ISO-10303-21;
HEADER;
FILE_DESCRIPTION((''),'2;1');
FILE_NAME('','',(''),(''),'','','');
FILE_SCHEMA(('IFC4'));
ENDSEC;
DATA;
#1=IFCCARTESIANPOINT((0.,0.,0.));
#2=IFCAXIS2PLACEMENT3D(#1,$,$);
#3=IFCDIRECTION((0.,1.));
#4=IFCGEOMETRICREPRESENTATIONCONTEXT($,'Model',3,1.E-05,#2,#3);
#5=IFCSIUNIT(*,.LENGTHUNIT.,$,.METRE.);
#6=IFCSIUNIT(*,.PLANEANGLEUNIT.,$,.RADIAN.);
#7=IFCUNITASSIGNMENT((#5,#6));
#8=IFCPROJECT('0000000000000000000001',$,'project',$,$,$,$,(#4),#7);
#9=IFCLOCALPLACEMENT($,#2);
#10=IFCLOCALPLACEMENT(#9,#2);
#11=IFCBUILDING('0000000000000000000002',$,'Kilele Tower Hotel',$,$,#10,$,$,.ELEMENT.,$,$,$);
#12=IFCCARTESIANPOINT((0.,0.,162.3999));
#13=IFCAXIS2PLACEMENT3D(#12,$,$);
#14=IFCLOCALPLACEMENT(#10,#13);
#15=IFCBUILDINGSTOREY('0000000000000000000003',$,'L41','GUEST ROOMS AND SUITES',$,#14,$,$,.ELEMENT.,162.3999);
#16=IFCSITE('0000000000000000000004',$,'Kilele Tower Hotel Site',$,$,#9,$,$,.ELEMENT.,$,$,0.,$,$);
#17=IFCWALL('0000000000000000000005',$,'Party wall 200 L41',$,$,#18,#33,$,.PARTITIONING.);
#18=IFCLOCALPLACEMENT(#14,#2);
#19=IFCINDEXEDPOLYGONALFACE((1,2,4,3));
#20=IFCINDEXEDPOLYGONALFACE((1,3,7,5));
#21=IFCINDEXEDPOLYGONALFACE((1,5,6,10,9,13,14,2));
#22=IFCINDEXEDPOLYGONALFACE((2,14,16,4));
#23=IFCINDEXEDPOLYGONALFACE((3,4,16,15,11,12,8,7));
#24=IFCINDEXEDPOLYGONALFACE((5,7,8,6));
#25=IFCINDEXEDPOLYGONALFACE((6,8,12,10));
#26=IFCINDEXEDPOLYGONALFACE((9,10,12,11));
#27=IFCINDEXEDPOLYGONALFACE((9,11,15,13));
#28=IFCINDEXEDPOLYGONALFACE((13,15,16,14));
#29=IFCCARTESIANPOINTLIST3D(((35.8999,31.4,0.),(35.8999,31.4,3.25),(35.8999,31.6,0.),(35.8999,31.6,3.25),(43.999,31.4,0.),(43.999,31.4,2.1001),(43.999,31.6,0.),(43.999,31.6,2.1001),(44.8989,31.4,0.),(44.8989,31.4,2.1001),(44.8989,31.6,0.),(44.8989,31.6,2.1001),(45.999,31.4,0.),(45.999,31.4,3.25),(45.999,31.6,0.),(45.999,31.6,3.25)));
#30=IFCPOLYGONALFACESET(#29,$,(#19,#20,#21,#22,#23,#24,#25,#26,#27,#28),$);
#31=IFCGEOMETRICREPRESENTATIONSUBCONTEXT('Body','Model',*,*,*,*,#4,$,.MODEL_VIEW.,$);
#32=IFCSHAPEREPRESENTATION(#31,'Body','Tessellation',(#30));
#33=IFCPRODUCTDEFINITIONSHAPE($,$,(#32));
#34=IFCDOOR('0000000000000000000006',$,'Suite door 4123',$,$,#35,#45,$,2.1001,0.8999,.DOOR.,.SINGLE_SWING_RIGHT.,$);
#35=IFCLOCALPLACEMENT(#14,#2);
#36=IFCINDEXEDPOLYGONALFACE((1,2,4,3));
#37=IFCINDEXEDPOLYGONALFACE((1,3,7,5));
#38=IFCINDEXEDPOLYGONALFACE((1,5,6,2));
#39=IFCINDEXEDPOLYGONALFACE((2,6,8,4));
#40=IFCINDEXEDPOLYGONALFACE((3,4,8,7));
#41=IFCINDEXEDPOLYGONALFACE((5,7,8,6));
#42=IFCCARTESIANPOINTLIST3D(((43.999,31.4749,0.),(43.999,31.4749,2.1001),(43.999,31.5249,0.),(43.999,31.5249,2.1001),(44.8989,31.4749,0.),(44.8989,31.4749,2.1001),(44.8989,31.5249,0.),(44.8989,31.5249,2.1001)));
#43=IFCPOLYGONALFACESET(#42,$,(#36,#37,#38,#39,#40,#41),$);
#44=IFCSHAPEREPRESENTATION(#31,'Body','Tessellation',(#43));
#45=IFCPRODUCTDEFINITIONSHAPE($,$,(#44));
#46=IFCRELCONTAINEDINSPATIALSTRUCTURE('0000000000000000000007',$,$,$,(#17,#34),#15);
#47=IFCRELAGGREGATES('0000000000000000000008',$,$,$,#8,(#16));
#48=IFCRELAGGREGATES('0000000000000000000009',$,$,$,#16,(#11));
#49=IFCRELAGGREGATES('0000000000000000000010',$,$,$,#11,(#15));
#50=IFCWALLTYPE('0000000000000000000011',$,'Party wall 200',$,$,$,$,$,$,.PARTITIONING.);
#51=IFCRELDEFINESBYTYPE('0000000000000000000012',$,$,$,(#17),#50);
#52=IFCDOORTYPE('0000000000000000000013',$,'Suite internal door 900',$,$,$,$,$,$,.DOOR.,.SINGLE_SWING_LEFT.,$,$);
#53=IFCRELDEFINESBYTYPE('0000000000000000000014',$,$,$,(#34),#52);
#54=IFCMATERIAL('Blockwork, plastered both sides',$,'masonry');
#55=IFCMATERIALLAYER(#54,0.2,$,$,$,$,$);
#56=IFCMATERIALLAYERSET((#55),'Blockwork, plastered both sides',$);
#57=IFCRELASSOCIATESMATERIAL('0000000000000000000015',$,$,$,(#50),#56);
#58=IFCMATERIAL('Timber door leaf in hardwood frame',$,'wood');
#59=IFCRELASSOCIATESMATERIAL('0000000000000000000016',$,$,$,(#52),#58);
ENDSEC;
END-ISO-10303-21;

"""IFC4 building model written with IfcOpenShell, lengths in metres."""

from ifc_helpers import new_model, si_unit, direction, frame, frame_2d, origin, place, context, subcontext, project, spatial, rectangle, extrude, material, layer, layer_set, type_object, element, fill, save


model = new_model("IFC4")

# Units and contexts
model_context = context("Model", 3, precision=1e-05, world=origin(), true_north=direction((0.0, 1.0)))
body_context = subcontext(model_context, "Body", "Model", "MODEL_VIEW")
ifc_project = project(units=[si_unit("LENGTHUNIT", "METRE"), si_unit("PLANEANGLEUNIT", "RADIAN")], contexts=[model_context])

# Site, building, storey
site_placement = place(None, origin())
site = spatial("IfcSite", under=ifc_project, at=site_placement, Name="Kilele Tower Hotel Site", CompositionType="ELEMENT", RefElevation=0.0)
building_placement = place(site_placement, origin())
building = spatial("IfcBuilding", under=site, at=building_placement, Name="Kilele Tower Hotel", CompositionType="ELEMENT")
storey_placement = place(building_placement, frame((0.0, 0.0, 162.3999)))
storey = spatial("IfcBuildingStorey", under=building, at=storey_placement, Name="L41", Description="GUEST ROOMS AND SUITES", CompositionType="ELEMENT", Elevation=162.3999)

# Wall, opening, door
ifc_material_1 = material(Name="Blockwork, plastered both sides", Category="masonry")
ifc_layer_1 = layer(ifc_material_1, 0.2)
ifc_layer_set_1 = layer_set([ifc_layer_1], Name="Blockwork, plastered both sides")
wall_type_1 = type_object("IfcWallType", Name="Party wall 200", PredefinedType="PARTITIONING", material=ifc_layer_set_1)
wall_1_placement = place(storey_placement, frame((35.8999, 31.5, 0.0), z_axis=(0.0, 0.0, 1.0), x_axis=(1.0, 0.0, 0.0)))
wall_1 = element("IfcWall", 1, at=wall_1_placement, inside=storey, type_object=wall_type_1, Name="Party wall 200 L41", PredefinedType="PARTITIONING", context=body_context, shape_type="SweptSolid", body=[
    extrude(rectangle(XDim=10.0991, YDim=0.2, at=frame_2d((5.0496, 0.0))), origin(), (0.0, 0.0, 1.0), 3.25),
])
opening_1_placement = place(wall_1_placement, frame((8.0991, 0.0, 0.0)))
opening_1 = element("IfcOpeningElement", 2, at=opening_1_placement, cuts=wall_1, PredefinedType="OPENING", context=body_context, shape_type="SweptSolid", body=[
    extrude(rectangle(XDim=0.8999, YDim=2.1001, at=frame_2d((0.45, 1.05))), frame((0.0, 0.1099, 0.0), z_axis=(0.0, -1.0, 0.0), x_axis=(1.0, 0.0, 0.0)), (0.0, 0.0, 1.0), 0.22),
])
ifc_material_2 = material(Name="Timber door leaf in hardwood frame", Category="wood")
door_type_1 = type_object("IfcDoorType", Name="Suite internal door 900", OperationType="SINGLE_SWING_LEFT", PredefinedType="DOOR", material=ifc_material_2)
door_1_placement = place(opening_1_placement, origin())
door_1 = element("IfcDoor", 3, at=door_1_placement, inside=storey, type_object=door_type_1, Name="Suite door 4123", OperationType="SINGLE_SWING_RIGHT", OverallHeight=2.1001, OverallWidth=0.8999, PredefinedType="DOOR", context=body_context, shape_type="SweptSolid", body=[
    extrude(rectangle(XDim=0.8999, YDim=2.1001, at=frame_2d((0.45, 1.05))), frame((0.0, 0.0249, 0.0), z_axis=(0.0, -1.0, 0.0), x_axis=(1.0, 0.0, 0.0)), (0.0, 0.0, 1.0), 0.05),
])
fill(opening_1, door_1)

save(model, "model.ifc")
